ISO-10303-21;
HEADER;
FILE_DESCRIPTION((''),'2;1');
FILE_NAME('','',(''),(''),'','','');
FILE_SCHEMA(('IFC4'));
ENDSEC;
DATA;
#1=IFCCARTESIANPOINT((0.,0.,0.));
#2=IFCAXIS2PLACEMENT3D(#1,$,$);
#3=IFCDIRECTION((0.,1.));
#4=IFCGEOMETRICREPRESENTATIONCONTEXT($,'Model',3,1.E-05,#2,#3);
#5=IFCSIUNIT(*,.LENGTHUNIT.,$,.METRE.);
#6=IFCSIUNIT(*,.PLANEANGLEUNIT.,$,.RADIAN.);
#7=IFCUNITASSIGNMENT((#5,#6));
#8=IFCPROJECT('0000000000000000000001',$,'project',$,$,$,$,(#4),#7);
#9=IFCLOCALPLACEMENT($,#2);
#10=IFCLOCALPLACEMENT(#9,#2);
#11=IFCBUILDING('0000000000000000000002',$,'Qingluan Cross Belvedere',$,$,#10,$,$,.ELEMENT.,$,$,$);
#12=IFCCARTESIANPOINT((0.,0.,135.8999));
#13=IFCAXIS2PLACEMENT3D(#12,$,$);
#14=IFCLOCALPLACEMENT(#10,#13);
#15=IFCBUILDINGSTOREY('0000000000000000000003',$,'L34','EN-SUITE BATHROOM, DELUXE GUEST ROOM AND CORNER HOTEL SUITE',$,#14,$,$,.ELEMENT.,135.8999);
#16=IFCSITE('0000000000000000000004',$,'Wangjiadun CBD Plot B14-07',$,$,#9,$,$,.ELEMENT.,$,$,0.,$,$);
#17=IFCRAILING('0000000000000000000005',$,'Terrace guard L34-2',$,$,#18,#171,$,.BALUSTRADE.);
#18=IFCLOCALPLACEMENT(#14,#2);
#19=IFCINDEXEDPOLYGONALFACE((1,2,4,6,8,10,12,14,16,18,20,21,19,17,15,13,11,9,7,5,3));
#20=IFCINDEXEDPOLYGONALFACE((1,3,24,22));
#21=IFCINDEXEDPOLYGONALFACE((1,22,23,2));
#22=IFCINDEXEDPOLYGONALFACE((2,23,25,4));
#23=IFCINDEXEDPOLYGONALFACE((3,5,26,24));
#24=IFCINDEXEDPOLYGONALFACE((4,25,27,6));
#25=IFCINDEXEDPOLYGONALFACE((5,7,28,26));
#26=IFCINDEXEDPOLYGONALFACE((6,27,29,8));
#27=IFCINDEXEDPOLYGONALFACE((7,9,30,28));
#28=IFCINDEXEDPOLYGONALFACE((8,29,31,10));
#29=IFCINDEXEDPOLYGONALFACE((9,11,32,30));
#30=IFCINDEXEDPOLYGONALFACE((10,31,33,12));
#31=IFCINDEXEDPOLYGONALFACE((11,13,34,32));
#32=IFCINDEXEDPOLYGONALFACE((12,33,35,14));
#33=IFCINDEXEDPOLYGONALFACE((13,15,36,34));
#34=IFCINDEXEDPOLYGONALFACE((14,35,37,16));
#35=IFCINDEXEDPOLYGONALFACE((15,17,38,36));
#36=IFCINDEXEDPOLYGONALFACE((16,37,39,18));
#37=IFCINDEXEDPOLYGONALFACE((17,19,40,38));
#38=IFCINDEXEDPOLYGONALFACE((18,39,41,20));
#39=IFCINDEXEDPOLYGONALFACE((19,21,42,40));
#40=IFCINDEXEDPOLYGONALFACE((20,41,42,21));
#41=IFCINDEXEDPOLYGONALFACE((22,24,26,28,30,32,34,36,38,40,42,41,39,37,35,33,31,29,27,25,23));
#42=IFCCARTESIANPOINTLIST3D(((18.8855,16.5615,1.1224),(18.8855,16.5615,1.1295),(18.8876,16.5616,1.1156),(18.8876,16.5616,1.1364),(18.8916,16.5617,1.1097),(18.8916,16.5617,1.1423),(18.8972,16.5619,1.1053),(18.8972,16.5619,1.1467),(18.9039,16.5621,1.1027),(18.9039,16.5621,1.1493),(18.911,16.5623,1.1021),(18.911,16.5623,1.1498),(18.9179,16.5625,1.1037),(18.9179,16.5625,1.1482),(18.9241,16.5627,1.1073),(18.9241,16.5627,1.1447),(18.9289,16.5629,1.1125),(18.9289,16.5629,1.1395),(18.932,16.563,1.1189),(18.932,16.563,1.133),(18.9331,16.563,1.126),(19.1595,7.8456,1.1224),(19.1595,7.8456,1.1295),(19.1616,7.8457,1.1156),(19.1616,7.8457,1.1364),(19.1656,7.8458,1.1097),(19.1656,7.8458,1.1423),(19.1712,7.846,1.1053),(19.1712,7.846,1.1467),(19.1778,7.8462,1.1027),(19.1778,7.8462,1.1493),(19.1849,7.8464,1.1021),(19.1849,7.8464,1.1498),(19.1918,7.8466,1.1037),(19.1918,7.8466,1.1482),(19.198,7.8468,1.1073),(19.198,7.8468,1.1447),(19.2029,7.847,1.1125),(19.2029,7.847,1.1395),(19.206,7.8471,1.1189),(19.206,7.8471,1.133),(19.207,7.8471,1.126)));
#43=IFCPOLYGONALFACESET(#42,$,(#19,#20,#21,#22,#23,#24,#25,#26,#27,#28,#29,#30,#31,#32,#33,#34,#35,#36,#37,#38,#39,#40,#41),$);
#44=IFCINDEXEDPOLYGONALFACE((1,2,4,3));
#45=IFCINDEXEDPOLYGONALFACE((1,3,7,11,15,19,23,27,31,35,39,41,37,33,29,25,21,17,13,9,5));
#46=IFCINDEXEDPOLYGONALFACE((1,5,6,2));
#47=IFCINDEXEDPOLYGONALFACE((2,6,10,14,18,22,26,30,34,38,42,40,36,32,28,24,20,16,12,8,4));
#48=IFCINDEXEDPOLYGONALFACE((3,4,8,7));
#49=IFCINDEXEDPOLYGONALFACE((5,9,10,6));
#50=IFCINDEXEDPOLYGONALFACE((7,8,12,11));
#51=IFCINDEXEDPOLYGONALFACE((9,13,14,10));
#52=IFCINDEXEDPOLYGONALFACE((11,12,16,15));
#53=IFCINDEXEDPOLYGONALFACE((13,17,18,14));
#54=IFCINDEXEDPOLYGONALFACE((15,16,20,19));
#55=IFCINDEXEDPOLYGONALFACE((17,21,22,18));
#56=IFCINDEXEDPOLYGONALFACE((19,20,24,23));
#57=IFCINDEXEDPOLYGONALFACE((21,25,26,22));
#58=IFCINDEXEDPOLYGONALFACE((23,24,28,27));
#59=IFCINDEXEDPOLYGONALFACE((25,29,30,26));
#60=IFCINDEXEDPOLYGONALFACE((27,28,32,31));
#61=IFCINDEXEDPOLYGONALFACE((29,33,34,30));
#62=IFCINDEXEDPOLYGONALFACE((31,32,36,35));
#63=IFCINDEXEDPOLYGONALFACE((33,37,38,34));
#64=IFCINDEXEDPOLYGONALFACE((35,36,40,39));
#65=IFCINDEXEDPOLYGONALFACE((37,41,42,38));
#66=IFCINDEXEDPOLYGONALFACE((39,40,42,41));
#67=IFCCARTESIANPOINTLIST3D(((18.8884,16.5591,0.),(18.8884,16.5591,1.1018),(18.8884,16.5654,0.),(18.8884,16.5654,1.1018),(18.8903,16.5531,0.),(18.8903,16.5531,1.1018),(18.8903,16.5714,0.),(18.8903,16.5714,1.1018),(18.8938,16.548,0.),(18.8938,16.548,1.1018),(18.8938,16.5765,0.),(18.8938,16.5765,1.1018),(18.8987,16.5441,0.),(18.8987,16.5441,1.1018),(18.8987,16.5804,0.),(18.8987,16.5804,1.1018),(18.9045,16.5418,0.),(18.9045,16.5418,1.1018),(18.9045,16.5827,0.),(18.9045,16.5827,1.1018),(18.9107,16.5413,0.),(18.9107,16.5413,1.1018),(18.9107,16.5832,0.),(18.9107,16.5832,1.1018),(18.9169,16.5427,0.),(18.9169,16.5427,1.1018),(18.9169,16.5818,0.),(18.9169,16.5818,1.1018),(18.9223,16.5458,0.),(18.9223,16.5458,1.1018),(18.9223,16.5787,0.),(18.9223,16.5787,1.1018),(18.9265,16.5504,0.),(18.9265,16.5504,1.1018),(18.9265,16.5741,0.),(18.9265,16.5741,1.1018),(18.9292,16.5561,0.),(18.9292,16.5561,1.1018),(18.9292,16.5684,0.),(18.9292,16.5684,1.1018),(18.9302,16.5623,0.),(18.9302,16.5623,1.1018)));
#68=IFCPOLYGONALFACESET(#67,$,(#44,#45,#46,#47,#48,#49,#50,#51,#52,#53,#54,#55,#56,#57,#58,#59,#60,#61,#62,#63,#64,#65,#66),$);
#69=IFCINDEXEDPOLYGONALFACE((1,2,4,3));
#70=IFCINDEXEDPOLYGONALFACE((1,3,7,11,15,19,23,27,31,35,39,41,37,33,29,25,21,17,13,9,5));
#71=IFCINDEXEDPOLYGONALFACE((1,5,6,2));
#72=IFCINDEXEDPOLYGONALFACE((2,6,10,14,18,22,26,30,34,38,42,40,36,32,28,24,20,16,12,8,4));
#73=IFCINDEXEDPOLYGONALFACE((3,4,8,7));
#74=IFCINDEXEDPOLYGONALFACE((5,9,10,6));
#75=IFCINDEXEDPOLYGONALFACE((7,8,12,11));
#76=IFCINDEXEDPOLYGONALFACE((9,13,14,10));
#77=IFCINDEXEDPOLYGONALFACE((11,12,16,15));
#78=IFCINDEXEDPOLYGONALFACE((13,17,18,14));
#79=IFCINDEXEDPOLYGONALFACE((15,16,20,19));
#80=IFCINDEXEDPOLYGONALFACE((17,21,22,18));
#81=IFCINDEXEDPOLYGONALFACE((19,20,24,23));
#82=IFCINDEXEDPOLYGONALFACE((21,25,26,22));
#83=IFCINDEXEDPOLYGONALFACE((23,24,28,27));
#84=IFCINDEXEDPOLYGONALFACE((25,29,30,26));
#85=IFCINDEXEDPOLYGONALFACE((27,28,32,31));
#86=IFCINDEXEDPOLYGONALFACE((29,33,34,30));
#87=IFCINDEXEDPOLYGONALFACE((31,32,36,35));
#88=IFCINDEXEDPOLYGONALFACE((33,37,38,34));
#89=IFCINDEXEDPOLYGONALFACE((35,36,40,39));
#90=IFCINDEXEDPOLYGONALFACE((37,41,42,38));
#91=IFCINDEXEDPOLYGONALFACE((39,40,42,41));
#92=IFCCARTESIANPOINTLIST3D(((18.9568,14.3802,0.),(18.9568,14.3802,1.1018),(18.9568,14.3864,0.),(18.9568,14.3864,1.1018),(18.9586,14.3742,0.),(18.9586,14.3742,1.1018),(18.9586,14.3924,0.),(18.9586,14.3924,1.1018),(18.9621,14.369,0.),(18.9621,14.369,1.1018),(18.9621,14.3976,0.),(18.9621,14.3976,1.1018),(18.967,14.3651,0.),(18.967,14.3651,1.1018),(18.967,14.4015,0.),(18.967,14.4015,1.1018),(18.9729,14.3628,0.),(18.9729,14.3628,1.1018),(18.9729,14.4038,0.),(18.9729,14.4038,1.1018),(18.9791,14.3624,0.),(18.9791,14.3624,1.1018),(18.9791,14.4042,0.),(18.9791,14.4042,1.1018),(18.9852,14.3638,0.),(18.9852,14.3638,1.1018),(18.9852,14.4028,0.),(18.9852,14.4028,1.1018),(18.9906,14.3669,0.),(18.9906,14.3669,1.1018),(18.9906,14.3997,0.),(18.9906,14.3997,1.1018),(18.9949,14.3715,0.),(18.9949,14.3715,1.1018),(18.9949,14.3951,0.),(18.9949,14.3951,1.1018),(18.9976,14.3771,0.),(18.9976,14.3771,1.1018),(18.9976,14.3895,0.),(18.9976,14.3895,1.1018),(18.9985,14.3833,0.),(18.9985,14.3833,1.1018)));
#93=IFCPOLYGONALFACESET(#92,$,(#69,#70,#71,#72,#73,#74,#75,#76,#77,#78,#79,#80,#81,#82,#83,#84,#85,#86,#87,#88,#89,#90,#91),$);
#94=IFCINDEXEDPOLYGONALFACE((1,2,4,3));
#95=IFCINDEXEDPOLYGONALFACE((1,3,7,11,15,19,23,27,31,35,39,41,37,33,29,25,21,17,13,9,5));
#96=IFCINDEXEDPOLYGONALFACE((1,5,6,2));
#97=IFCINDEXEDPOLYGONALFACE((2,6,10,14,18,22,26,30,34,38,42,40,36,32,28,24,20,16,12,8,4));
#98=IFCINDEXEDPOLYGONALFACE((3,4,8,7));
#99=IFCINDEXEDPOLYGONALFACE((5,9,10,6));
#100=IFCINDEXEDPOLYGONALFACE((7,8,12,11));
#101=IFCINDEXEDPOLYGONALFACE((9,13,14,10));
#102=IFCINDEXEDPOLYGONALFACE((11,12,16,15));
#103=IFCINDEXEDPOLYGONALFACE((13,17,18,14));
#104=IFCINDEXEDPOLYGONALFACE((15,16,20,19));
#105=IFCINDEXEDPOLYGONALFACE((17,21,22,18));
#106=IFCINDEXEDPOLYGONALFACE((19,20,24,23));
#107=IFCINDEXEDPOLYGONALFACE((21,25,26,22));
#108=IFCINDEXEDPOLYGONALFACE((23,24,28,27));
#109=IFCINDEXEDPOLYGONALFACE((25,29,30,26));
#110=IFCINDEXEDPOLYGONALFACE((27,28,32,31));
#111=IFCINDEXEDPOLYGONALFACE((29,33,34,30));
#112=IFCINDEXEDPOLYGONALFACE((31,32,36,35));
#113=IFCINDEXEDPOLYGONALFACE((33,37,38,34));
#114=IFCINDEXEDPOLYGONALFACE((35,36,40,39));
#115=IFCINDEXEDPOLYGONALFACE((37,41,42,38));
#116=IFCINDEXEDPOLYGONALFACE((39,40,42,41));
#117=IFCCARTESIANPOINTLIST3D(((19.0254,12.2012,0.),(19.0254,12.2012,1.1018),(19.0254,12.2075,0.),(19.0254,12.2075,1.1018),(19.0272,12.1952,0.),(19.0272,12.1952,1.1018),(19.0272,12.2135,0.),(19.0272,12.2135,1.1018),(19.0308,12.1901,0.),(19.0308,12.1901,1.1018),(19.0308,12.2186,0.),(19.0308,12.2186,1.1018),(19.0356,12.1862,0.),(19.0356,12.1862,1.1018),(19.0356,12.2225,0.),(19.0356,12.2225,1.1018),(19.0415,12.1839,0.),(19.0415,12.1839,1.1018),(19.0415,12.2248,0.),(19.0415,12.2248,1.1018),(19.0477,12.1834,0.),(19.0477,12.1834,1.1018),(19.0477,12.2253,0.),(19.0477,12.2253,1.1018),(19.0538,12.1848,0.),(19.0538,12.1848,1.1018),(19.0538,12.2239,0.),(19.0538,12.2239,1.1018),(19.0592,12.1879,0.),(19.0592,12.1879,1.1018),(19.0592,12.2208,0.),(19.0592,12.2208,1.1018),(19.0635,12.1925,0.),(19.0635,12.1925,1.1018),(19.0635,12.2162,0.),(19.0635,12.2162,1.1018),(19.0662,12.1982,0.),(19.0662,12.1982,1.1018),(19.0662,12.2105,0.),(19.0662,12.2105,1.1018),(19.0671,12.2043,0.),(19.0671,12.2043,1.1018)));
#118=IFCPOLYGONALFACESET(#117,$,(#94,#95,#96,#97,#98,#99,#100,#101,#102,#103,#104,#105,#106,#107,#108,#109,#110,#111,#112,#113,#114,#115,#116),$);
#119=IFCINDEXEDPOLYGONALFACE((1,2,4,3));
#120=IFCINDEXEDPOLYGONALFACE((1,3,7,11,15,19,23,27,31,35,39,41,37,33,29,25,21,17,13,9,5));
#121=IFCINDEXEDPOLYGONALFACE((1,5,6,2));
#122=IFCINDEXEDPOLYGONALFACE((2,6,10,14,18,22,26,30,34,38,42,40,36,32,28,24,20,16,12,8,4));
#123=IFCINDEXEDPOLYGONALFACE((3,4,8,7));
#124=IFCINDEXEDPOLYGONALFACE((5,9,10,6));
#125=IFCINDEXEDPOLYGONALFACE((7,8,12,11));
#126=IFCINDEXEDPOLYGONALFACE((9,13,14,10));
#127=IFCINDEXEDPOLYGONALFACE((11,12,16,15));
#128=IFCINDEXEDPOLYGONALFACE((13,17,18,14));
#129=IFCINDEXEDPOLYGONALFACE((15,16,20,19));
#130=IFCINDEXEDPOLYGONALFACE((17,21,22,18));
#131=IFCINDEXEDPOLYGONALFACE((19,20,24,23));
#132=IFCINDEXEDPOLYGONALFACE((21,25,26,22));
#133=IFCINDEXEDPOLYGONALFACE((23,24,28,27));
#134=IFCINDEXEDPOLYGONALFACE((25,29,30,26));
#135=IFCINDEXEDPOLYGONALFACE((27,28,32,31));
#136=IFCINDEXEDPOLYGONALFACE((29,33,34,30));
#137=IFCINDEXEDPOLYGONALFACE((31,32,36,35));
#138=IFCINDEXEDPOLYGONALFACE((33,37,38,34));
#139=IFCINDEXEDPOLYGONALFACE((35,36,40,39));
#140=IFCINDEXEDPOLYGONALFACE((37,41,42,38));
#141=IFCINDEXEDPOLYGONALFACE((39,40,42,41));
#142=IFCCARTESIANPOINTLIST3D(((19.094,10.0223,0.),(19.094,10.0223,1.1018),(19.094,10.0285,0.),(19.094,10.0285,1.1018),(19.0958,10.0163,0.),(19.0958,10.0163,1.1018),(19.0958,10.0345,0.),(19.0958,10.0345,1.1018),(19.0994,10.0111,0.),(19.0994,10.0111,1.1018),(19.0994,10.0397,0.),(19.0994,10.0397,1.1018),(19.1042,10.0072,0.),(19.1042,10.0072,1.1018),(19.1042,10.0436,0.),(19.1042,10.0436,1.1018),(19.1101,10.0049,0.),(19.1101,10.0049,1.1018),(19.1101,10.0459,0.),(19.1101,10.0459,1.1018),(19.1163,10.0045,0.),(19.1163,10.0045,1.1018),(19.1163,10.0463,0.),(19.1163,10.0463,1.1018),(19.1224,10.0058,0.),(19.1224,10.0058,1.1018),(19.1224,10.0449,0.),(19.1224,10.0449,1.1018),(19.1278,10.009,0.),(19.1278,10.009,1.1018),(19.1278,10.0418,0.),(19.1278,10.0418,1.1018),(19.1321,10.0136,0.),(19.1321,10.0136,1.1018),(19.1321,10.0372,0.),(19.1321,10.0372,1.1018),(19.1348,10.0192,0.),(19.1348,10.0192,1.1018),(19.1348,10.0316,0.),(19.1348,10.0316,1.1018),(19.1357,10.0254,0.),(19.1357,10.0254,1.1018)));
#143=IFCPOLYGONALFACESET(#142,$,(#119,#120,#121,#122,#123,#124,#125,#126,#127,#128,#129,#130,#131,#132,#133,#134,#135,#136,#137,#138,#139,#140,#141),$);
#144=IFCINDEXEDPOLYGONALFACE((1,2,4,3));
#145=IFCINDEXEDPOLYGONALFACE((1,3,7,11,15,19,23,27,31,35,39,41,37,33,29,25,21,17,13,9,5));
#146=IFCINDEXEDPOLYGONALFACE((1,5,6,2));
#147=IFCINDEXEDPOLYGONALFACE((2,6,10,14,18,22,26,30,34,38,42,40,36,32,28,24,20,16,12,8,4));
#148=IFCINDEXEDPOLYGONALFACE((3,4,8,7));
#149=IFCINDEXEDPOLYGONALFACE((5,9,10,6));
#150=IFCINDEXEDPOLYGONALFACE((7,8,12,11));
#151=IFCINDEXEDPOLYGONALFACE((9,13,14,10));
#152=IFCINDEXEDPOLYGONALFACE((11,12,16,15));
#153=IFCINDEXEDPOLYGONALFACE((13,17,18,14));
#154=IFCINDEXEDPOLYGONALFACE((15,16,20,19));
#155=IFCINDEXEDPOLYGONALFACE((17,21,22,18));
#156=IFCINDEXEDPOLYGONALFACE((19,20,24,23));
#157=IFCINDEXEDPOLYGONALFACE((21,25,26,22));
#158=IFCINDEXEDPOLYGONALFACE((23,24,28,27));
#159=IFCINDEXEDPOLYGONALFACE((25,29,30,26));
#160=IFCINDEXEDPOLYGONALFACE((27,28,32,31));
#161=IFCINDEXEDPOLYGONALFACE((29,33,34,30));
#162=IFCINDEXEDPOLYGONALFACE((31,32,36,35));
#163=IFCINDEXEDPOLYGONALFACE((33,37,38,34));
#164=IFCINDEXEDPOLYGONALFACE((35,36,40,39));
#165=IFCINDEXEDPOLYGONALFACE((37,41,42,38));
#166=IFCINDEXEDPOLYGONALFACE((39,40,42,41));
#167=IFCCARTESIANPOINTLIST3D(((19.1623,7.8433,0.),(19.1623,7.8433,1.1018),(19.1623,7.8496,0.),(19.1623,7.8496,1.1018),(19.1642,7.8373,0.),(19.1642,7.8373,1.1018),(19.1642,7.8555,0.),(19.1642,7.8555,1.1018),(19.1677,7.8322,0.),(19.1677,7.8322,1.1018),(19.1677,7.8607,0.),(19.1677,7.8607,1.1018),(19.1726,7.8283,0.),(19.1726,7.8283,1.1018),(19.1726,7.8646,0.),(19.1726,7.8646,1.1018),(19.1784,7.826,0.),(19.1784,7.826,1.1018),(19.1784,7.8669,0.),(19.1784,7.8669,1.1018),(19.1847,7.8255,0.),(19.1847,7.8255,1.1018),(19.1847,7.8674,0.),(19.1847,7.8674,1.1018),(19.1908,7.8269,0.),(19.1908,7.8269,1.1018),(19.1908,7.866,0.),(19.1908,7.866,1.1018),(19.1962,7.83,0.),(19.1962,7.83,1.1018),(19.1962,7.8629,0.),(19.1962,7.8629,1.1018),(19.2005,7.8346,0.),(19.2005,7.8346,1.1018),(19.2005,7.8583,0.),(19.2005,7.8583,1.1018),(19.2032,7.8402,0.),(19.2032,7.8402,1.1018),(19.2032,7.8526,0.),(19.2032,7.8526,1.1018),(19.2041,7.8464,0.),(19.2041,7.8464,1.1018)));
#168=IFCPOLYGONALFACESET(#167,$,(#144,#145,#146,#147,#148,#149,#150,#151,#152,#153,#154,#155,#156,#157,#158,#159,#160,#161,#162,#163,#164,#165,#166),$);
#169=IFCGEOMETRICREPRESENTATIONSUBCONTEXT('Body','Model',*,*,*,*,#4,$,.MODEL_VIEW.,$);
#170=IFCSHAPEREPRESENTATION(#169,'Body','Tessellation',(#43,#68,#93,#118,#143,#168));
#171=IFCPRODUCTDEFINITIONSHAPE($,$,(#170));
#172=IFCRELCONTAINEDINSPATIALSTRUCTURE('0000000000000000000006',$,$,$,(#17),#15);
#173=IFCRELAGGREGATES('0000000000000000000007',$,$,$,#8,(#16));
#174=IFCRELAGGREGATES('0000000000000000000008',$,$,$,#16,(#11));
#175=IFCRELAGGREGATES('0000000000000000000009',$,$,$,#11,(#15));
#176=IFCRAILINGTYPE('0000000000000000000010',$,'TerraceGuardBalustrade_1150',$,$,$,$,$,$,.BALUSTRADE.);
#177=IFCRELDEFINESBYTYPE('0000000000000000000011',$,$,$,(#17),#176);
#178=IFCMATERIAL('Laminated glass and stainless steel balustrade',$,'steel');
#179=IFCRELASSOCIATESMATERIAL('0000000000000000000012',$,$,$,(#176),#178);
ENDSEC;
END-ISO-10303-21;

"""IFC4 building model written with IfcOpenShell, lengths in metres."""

from ifc_helpers import new_model, si_unit, direction, frame, origin, origin_2d, place, context, subcontext, project, spatial, circle, extrude, material, type_object, element, save


model = new_model("IFC4")

# Units and contexts
model_context = context("Model", 3, precision=1e-05, world=origin(), true_north=direction((0.0, 1.0)))
body_context = subcontext(model_context, "Body", "Model", "MODEL_VIEW")
ifc_project = project(units=[si_unit("LENGTHUNIT", "METRE"), si_unit("PLANEANGLEUNIT", "RADIAN")], contexts=[model_context])

# Site, building, storey
site_placement = place(None, origin())
site = spatial("IfcSite", under=ifc_project, at=site_placement, Name="Wangjiadun CBD Plot B14-07", CompositionType="ELEMENT", RefElevation=0.0)
building_placement = place(site_placement, origin())
building = spatial("IfcBuilding", under=site, at=building_placement, Name="Qingluan Cross Belvedere", CompositionType="ELEMENT")
storey_placement = place(building_placement, frame((0.0, 0.0, 135.8999)))
storey = spatial("IfcBuildingStorey", under=building, at=storey_placement, Name="L34", Description="EN-SUITE BATHROOM, DELUXE GUEST ROOM AND CORNER HOTEL SUITE", CompositionType="ELEMENT", Elevation=135.8999)

# Railing
ifc_material_1 = material(Name="Laminated glass and stainless steel balustrade", Category="steel")
railing_type = type_object("IfcRailingType", Name="TerraceGuardBalustrade_1150", PredefinedType="BALUSTRADE", material=ifc_material_1)
railing_1_placement = place(storey_placement, frame((18.9092, 16.5623, 0.0)))
element("IfcRailing", 1, at=railing_1_placement, inside=storey, type_object=railing_type, Name="Terrace guard L34-2", PredefinedType="BALUSTRADE", context=body_context, shape_type="SweptSolid", body=[
    extrude(circle(Radius=0.0239, at=origin_2d()), frame((0.0, 0.0, 1.126), z_axis=(0.031413, -0.999506, 0.0), x_axis=(0.999506, 0.031413, 0.0)), (0.0, 0.0, 1.0), 8.7202),
    extrude(circle(Radius=0.021, at=origin_2d()), origin(), (0.0, 0.0, 1.0), 1.1018),
    extrude(circle(Radius=0.021, at=origin_2d()), frame((0.0684, -2.179, 0.0)), (0.0, 0.0, 1.0), 1.1018),
    extrude(circle(Radius=0.021, at=origin_2d()), frame((0.137, -4.3579, 0.0)), (0.0, 0.0, 1.0), 1.1018),
    extrude(circle(Radius=0.021, at=origin_2d()), frame((0.2056, -6.5369, 0.0)), (0.0, 0.0, 1.0), 1.1018),
    extrude(circle(Radius=0.021, at=origin_2d()), frame((0.2739, -8.7158, 0.0)), (0.0, 0.0, 1.0), 1.1018),
])

save(model, "model.ifc")
